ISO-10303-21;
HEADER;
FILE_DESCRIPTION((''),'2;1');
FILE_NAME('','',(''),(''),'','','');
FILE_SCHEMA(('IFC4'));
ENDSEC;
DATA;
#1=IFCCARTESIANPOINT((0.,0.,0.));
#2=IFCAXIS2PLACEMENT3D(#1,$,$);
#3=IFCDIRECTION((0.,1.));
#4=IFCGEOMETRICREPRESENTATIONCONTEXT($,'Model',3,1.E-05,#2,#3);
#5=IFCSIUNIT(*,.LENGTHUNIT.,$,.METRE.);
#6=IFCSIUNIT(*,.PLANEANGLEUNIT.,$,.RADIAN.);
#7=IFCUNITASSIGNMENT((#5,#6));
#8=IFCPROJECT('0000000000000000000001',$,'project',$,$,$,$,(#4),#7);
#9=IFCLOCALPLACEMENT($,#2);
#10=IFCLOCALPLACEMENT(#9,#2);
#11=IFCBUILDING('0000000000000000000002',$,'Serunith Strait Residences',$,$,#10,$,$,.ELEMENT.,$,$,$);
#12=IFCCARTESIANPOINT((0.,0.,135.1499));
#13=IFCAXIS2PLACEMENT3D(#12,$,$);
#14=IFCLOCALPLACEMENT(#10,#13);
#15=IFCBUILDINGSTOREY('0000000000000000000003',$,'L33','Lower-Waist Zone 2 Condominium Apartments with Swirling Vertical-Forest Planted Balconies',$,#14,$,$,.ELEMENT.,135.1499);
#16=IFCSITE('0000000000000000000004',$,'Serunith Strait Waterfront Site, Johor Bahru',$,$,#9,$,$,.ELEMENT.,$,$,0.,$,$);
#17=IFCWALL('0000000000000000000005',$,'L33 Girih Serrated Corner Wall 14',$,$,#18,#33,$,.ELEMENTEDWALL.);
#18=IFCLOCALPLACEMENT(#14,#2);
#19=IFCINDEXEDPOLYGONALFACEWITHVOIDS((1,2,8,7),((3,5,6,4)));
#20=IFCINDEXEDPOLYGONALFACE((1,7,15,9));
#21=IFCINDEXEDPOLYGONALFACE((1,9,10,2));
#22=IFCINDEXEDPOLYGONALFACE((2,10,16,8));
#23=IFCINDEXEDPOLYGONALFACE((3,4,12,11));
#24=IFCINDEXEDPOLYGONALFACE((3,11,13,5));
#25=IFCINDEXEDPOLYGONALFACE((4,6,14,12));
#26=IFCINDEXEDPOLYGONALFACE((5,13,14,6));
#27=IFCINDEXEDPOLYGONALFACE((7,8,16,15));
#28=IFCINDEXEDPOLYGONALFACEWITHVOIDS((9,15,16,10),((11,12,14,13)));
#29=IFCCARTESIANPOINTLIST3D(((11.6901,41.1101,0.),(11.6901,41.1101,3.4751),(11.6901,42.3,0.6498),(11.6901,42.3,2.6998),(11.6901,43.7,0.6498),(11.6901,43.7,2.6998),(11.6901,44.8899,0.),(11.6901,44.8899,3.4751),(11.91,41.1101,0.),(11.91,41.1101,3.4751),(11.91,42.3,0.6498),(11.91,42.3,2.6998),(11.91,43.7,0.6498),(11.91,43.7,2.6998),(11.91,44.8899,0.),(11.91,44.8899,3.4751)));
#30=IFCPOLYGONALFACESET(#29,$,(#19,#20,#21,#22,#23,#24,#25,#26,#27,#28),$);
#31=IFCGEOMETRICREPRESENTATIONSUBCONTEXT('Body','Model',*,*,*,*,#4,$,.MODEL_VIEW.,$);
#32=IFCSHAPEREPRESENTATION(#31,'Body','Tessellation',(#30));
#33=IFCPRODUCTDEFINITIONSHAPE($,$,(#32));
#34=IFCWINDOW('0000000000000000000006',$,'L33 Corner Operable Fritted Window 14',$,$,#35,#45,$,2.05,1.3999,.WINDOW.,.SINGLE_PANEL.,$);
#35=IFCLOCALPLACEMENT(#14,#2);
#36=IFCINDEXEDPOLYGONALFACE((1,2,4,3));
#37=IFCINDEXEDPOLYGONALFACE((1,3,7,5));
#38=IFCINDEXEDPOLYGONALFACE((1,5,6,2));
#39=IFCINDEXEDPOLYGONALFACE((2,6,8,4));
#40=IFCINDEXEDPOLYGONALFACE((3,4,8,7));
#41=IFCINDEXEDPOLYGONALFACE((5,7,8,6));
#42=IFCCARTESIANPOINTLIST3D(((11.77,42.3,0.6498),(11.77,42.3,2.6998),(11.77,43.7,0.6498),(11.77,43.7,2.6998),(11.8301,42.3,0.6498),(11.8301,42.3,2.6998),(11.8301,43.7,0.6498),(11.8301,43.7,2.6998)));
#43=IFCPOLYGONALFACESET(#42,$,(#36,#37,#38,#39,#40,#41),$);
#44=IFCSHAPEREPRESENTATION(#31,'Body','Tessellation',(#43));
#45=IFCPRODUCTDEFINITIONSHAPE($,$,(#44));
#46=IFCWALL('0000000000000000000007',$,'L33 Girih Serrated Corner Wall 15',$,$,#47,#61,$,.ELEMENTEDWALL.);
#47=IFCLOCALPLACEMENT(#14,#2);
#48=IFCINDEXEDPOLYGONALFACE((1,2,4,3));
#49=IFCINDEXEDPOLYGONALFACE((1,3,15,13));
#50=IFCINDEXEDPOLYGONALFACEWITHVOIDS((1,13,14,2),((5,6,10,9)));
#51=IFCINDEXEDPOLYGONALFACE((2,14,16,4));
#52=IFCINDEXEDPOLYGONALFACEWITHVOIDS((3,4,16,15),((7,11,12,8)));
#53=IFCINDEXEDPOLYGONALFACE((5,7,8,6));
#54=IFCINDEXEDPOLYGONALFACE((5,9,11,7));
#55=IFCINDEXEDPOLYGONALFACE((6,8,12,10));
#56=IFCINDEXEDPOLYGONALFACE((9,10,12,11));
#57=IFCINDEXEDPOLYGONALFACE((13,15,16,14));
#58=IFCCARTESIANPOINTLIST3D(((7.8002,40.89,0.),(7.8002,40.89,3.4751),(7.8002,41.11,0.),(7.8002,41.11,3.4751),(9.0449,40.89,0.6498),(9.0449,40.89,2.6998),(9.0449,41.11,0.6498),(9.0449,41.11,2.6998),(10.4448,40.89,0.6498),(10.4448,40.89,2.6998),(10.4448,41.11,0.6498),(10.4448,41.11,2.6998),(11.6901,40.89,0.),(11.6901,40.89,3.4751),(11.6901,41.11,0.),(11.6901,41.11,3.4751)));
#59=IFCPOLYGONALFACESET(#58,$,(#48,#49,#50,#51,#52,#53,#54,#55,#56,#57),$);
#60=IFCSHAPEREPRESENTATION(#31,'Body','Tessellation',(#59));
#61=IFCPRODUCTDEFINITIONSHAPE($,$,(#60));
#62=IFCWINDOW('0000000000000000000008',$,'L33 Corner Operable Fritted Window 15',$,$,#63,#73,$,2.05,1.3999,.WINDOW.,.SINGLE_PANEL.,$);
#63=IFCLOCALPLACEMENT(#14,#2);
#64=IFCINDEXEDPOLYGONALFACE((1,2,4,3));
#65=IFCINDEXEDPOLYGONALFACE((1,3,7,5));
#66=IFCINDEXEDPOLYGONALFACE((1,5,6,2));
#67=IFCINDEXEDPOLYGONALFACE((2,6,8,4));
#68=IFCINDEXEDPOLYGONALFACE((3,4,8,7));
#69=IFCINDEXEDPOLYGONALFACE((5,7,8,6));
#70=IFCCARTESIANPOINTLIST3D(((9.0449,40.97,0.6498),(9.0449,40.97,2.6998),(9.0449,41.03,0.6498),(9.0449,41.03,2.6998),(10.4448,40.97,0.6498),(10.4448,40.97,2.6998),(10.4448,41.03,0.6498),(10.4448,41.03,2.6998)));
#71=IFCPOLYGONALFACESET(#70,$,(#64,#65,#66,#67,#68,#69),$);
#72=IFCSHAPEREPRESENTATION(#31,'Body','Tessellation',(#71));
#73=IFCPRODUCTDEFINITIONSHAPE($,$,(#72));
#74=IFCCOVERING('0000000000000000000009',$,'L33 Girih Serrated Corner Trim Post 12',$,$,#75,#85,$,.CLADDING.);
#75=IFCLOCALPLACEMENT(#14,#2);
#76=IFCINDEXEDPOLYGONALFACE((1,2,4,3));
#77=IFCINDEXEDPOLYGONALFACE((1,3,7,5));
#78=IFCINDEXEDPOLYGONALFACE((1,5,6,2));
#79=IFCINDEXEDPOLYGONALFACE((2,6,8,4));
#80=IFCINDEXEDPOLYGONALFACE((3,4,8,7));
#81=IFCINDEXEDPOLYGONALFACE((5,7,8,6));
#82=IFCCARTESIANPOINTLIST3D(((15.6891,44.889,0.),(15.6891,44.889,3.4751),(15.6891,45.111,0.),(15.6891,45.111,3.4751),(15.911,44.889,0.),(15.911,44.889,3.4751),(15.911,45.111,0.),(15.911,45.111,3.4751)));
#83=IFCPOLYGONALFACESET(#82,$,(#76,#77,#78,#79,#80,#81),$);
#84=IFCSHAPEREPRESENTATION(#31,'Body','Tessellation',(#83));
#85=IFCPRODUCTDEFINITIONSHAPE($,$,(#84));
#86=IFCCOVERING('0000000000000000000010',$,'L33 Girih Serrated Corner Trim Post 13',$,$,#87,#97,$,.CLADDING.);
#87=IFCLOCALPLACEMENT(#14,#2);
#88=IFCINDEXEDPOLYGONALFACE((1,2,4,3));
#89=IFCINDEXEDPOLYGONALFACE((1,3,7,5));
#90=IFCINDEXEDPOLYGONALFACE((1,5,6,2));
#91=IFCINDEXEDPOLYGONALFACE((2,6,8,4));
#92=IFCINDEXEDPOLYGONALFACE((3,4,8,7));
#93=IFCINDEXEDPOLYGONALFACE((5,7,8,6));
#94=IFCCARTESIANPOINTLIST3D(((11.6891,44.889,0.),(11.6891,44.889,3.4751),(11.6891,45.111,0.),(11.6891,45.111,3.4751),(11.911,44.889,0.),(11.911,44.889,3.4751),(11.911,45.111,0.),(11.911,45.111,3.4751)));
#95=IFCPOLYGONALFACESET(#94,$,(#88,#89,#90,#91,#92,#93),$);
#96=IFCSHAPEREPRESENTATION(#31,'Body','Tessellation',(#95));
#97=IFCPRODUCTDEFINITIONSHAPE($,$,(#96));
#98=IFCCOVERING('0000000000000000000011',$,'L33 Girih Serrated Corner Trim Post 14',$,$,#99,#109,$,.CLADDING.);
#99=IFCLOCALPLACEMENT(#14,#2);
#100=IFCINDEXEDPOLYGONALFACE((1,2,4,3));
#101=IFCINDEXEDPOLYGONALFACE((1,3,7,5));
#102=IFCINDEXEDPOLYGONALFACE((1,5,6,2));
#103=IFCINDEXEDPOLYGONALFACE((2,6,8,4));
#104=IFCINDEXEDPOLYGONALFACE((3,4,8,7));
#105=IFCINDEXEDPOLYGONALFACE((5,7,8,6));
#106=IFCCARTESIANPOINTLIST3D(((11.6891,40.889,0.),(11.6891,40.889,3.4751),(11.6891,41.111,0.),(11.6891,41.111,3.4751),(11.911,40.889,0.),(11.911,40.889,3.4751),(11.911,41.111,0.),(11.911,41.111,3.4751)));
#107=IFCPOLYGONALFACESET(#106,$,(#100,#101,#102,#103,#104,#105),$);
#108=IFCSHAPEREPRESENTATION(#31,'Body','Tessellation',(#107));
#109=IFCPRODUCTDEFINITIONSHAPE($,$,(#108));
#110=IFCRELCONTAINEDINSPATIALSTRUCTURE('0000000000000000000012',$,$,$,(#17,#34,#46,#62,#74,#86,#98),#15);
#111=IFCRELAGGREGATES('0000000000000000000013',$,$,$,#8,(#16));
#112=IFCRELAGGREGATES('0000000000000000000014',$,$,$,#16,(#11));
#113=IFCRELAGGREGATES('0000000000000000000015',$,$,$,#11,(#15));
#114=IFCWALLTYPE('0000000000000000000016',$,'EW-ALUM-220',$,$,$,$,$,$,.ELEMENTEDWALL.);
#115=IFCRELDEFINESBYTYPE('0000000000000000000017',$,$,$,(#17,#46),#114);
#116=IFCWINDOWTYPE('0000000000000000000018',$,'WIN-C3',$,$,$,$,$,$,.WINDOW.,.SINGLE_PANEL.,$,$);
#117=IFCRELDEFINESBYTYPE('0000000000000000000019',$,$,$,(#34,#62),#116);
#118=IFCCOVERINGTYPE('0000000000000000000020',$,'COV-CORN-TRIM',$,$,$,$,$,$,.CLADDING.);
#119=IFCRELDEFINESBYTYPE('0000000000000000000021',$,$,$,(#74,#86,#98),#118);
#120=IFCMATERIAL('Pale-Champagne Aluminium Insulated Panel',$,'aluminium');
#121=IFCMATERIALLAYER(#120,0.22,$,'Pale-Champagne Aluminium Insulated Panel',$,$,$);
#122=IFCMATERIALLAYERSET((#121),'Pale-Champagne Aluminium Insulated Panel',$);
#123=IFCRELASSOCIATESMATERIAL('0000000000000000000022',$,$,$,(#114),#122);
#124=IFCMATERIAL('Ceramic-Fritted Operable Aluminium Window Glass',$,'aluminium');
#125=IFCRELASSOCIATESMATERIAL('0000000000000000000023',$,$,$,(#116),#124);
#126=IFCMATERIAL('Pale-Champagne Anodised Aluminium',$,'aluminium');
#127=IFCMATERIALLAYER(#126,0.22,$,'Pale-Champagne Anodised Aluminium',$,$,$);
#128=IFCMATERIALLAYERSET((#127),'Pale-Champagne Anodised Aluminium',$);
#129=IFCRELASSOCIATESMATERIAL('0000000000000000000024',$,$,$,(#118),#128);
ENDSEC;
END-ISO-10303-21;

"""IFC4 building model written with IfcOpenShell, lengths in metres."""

from ifc_helpers import new_model, si_unit, direction, frame, frame_2d, origin, origin_2d, place, context, subcontext, project, spatial, rectangle, extrude, source, transform, mapped, material, layer, layer_set, type_object, element, fill, save


model = new_model("IFC4")

# Units and contexts
model_context = context("Model", 3, precision=1e-05, world=origin(), true_north=direction((0.0, 1.0)))
body_context = subcontext(model_context, "Body", "Model", "MODEL_VIEW")
ifc_project = project(units=[si_unit("LENGTHUNIT", "METRE"), si_unit("PLANEANGLEUNIT", "RADIAN")], contexts=[model_context])

# Site, building, storey
site_placement = place(None, origin())
site = spatial("IfcSite", under=ifc_project, at=site_placement, Name="Serunith Strait Waterfront Site, Johor Bahru", CompositionType="ELEMENT", RefElevation=0.0)
building_placement = place(site_placement, origin())
building = spatial("IfcBuilding", under=site, at=building_placement, Name="Serunith Strait Residences", CompositionType="ELEMENT")
storey_placement = place(building_placement, frame((0.0, 0.0, 135.1499)))
storey = spatial("IfcBuildingStorey", under=building, at=storey_placement, Name="L33", Description="Lower-Waist Zone 2 Condominium Apartments with Swirling Vertical-Forest Planted Balconies", CompositionType="ELEMENT", Elevation=135.1499)

# Shared definitions
ifc_material_1 = material(Name="Pale-Champagne Anodised Aluminium", Category="aluminium")

# Walls, openings, windows
ifc_material_2 = material(Name="Pale-Champagne Aluminium Insulated Panel", Category="aluminium")
ifc_layer_1 = layer(ifc_material_2, 0.22, Name="Pale-Champagne Aluminium Insulated Panel")
ifc_layer_set_1 = layer_set([ifc_layer_1], Name="Pale-Champagne Aluminium Insulated Panel")
wall_type = type_object("IfcWallType", Name="EW-ALUM-220", PredefinedType="ELEMENTEDWALL", material=ifc_layer_set_1)
ifc_material_3 = material(Name="Ceramic-Fritted Operable Aluminium Window Glass", Category="aluminium")
window_type = type_object("IfcWindowType", Name="WIN-C3", PartitioningType="SINGLE_PANEL", PredefinedType="WINDOW", material=ifc_material_3)
shared_shape_1 = source(origin(), body_context, "Body", "SweptSolid", [
    extrude(rectangle(XDim=1.3999, YDim=2.05, at=frame_2d((0.7, 1.0249))), frame((0.0, 0.03, 0.0), z_axis=(0.0, -1.0, 0.0), x_axis=(1.0, 0.0, 0.0)), (0.0, 0.0, 1.0), 0.0601),
])
wall_1_placement = place(storey_placement, frame((11.8, 44.8899, 0.0), z_axis=(0.0, 0.0, 1.0), x_axis=(0.0, -1.0, 0.0)))
wall_1 = element("IfcWall", 1, at=wall_1_placement, inside=storey, type_object=wall_type, Name="L33 Girih Serrated Corner Wall 14", PredefinedType="ELEMENTEDWALL", context=body_context, shape_type="SweptSolid", body=[
    extrude(rectangle(XDim=3.7798, YDim=0.22, at=frame_2d((1.8899, 0.0))), origin(), (0.0, 0.0, 1.0), 3.4751),
])
opening_1_placement = place(wall_1_placement, frame((1.1899, 0.0, 0.6499)))
opening_1 = element("IfcOpeningElement", 2, at=opening_1_placement, cuts=wall_1, PredefinedType="OPENING", context=body_context, shape_type="SweptSolid", body=[
    extrude(rectangle(XDim=1.3999, YDim=2.05, at=frame_2d((0.7, 1.0249))), frame((0.0, 0.1201, 0.0), z_axis=(0.0, -1.0, 0.0), x_axis=(1.0, 0.0, 0.0)), (0.0, 0.0, 1.0), 0.24),
])
window_1_placement = place(opening_1_placement, origin())
window_1 = element("IfcWindow", 3, at=window_1_placement, inside=storey, type_object=window_type, Name="L33 Corner Operable Fritted Window 14", OverallHeight=2.05, OverallWidth=1.3999, PartitioningType="SINGLE_PANEL", PredefinedType="WINDOW", context=body_context, shape_type="MappedRepresentation", body=[
    mapped(shared_shape_1, transform((0.0, 0.0, 0.0), scale=1.0)),
])
fill(opening_1, window_1)
wall_2_placement = place(storey_placement, frame((11.6899, 41.0, 0.0), z_axis=(0.0, 0.0, 1.0), x_axis=(-1.0, 0.0, 0.0)))
wall_2 = element("IfcWall", 4, at=wall_2_placement, inside=storey, type_object=wall_type, Name="L33 Girih Serrated Corner Wall 15", PredefinedType="ELEMENTEDWALL", context=body_context, shape_type="SweptSolid", body=[
    extrude(rectangle(XDim=3.8899, YDim=0.22, at=frame_2d((1.9448, 0.0))), origin(), (0.0, 0.0, 1.0), 3.4751),
])
opening_2_placement = place(wall_2_placement, frame((1.2451, 0.0, 0.6499)))
opening_2 = element("IfcOpeningElement", 5, at=opening_2_placement, cuts=wall_2, PredefinedType="OPENING", context=body_context, shape_type="SweptSolid", body=[
    extrude(rectangle(XDim=1.3999, YDim=2.05, at=frame_2d((0.7, 1.0249))), frame((0.0, 0.1201, 0.0), z_axis=(0.0, -1.0, 0.0), x_axis=(1.0, 0.0, 0.0)), (0.0, 0.0, 1.0), 0.24),
])
window_2_placement = place(opening_2_placement, origin())
window_2 = element("IfcWindow", 6, at=window_2_placement, inside=storey, type_object=window_type, Name="L33 Corner Operable Fritted Window 15", OverallHeight=2.05, OverallWidth=1.3999, PartitioningType="SINGLE_PANEL", PredefinedType="WINDOW", context=body_context, shape_type="MappedRepresentation", body=[
    mapped(shared_shape_1, transform((0.0, 0.0, 0.0), scale=1.0)),
])
fill(opening_2, window_2)

# Coverings
ifc_layer_2 = layer(ifc_material_1, 0.22, Name="Pale-Champagne Anodised Aluminium")
ifc_layer_set_2 = layer_set([ifc_layer_2], Name="Pale-Champagne Anodised Aluminium")
covering_type = type_object("IfcCoveringType", Name="COV-CORN-TRIM", PredefinedType="CLADDING", material=ifc_layer_set_2)
shared_shape_2 = source(origin(), body_context, "Body", "SweptSolid", [
    extrude(rectangle(XDim=0.2219, YDim=0.2219, at=origin_2d()), origin(), (0.0, 0.0, 1.0), 3.4751),
])
for number, where, z_axis, x_axis, name in (
    (7, (15.8, 45.0, 0.0), (0.0, 0.0, 1.0), (1.0, 0.0, 0.0), "L33 Girih Serrated Corner Trim Post 12"),
    (8, (11.8, 45.0, 0.0), (0.0, 0.0, 1.0), (1.0, 0.0, 0.0), "L33 Girih Serrated Corner Trim Post 13"),
    (9, (11.8, 41.0, 0.0), (0.0, 0.0, 1.0), (1.0, 0.0, 0.0), "L33 Girih Serrated Corner Trim Post 14"),
):
    element("IfcCovering", number, at=place(storey_placement, frame(where, z_axis=z_axis, x_axis=x_axis)), inside=storey, type_object=covering_type, Name=name, PredefinedType="CLADDING", context=body_context, shape_type="MappedRepresentation", body=[
        mapped(shared_shape_2, transform((0.0, 0.0, 0.0), scale=1.0)),
    ])

save(model, "model.ifc")
